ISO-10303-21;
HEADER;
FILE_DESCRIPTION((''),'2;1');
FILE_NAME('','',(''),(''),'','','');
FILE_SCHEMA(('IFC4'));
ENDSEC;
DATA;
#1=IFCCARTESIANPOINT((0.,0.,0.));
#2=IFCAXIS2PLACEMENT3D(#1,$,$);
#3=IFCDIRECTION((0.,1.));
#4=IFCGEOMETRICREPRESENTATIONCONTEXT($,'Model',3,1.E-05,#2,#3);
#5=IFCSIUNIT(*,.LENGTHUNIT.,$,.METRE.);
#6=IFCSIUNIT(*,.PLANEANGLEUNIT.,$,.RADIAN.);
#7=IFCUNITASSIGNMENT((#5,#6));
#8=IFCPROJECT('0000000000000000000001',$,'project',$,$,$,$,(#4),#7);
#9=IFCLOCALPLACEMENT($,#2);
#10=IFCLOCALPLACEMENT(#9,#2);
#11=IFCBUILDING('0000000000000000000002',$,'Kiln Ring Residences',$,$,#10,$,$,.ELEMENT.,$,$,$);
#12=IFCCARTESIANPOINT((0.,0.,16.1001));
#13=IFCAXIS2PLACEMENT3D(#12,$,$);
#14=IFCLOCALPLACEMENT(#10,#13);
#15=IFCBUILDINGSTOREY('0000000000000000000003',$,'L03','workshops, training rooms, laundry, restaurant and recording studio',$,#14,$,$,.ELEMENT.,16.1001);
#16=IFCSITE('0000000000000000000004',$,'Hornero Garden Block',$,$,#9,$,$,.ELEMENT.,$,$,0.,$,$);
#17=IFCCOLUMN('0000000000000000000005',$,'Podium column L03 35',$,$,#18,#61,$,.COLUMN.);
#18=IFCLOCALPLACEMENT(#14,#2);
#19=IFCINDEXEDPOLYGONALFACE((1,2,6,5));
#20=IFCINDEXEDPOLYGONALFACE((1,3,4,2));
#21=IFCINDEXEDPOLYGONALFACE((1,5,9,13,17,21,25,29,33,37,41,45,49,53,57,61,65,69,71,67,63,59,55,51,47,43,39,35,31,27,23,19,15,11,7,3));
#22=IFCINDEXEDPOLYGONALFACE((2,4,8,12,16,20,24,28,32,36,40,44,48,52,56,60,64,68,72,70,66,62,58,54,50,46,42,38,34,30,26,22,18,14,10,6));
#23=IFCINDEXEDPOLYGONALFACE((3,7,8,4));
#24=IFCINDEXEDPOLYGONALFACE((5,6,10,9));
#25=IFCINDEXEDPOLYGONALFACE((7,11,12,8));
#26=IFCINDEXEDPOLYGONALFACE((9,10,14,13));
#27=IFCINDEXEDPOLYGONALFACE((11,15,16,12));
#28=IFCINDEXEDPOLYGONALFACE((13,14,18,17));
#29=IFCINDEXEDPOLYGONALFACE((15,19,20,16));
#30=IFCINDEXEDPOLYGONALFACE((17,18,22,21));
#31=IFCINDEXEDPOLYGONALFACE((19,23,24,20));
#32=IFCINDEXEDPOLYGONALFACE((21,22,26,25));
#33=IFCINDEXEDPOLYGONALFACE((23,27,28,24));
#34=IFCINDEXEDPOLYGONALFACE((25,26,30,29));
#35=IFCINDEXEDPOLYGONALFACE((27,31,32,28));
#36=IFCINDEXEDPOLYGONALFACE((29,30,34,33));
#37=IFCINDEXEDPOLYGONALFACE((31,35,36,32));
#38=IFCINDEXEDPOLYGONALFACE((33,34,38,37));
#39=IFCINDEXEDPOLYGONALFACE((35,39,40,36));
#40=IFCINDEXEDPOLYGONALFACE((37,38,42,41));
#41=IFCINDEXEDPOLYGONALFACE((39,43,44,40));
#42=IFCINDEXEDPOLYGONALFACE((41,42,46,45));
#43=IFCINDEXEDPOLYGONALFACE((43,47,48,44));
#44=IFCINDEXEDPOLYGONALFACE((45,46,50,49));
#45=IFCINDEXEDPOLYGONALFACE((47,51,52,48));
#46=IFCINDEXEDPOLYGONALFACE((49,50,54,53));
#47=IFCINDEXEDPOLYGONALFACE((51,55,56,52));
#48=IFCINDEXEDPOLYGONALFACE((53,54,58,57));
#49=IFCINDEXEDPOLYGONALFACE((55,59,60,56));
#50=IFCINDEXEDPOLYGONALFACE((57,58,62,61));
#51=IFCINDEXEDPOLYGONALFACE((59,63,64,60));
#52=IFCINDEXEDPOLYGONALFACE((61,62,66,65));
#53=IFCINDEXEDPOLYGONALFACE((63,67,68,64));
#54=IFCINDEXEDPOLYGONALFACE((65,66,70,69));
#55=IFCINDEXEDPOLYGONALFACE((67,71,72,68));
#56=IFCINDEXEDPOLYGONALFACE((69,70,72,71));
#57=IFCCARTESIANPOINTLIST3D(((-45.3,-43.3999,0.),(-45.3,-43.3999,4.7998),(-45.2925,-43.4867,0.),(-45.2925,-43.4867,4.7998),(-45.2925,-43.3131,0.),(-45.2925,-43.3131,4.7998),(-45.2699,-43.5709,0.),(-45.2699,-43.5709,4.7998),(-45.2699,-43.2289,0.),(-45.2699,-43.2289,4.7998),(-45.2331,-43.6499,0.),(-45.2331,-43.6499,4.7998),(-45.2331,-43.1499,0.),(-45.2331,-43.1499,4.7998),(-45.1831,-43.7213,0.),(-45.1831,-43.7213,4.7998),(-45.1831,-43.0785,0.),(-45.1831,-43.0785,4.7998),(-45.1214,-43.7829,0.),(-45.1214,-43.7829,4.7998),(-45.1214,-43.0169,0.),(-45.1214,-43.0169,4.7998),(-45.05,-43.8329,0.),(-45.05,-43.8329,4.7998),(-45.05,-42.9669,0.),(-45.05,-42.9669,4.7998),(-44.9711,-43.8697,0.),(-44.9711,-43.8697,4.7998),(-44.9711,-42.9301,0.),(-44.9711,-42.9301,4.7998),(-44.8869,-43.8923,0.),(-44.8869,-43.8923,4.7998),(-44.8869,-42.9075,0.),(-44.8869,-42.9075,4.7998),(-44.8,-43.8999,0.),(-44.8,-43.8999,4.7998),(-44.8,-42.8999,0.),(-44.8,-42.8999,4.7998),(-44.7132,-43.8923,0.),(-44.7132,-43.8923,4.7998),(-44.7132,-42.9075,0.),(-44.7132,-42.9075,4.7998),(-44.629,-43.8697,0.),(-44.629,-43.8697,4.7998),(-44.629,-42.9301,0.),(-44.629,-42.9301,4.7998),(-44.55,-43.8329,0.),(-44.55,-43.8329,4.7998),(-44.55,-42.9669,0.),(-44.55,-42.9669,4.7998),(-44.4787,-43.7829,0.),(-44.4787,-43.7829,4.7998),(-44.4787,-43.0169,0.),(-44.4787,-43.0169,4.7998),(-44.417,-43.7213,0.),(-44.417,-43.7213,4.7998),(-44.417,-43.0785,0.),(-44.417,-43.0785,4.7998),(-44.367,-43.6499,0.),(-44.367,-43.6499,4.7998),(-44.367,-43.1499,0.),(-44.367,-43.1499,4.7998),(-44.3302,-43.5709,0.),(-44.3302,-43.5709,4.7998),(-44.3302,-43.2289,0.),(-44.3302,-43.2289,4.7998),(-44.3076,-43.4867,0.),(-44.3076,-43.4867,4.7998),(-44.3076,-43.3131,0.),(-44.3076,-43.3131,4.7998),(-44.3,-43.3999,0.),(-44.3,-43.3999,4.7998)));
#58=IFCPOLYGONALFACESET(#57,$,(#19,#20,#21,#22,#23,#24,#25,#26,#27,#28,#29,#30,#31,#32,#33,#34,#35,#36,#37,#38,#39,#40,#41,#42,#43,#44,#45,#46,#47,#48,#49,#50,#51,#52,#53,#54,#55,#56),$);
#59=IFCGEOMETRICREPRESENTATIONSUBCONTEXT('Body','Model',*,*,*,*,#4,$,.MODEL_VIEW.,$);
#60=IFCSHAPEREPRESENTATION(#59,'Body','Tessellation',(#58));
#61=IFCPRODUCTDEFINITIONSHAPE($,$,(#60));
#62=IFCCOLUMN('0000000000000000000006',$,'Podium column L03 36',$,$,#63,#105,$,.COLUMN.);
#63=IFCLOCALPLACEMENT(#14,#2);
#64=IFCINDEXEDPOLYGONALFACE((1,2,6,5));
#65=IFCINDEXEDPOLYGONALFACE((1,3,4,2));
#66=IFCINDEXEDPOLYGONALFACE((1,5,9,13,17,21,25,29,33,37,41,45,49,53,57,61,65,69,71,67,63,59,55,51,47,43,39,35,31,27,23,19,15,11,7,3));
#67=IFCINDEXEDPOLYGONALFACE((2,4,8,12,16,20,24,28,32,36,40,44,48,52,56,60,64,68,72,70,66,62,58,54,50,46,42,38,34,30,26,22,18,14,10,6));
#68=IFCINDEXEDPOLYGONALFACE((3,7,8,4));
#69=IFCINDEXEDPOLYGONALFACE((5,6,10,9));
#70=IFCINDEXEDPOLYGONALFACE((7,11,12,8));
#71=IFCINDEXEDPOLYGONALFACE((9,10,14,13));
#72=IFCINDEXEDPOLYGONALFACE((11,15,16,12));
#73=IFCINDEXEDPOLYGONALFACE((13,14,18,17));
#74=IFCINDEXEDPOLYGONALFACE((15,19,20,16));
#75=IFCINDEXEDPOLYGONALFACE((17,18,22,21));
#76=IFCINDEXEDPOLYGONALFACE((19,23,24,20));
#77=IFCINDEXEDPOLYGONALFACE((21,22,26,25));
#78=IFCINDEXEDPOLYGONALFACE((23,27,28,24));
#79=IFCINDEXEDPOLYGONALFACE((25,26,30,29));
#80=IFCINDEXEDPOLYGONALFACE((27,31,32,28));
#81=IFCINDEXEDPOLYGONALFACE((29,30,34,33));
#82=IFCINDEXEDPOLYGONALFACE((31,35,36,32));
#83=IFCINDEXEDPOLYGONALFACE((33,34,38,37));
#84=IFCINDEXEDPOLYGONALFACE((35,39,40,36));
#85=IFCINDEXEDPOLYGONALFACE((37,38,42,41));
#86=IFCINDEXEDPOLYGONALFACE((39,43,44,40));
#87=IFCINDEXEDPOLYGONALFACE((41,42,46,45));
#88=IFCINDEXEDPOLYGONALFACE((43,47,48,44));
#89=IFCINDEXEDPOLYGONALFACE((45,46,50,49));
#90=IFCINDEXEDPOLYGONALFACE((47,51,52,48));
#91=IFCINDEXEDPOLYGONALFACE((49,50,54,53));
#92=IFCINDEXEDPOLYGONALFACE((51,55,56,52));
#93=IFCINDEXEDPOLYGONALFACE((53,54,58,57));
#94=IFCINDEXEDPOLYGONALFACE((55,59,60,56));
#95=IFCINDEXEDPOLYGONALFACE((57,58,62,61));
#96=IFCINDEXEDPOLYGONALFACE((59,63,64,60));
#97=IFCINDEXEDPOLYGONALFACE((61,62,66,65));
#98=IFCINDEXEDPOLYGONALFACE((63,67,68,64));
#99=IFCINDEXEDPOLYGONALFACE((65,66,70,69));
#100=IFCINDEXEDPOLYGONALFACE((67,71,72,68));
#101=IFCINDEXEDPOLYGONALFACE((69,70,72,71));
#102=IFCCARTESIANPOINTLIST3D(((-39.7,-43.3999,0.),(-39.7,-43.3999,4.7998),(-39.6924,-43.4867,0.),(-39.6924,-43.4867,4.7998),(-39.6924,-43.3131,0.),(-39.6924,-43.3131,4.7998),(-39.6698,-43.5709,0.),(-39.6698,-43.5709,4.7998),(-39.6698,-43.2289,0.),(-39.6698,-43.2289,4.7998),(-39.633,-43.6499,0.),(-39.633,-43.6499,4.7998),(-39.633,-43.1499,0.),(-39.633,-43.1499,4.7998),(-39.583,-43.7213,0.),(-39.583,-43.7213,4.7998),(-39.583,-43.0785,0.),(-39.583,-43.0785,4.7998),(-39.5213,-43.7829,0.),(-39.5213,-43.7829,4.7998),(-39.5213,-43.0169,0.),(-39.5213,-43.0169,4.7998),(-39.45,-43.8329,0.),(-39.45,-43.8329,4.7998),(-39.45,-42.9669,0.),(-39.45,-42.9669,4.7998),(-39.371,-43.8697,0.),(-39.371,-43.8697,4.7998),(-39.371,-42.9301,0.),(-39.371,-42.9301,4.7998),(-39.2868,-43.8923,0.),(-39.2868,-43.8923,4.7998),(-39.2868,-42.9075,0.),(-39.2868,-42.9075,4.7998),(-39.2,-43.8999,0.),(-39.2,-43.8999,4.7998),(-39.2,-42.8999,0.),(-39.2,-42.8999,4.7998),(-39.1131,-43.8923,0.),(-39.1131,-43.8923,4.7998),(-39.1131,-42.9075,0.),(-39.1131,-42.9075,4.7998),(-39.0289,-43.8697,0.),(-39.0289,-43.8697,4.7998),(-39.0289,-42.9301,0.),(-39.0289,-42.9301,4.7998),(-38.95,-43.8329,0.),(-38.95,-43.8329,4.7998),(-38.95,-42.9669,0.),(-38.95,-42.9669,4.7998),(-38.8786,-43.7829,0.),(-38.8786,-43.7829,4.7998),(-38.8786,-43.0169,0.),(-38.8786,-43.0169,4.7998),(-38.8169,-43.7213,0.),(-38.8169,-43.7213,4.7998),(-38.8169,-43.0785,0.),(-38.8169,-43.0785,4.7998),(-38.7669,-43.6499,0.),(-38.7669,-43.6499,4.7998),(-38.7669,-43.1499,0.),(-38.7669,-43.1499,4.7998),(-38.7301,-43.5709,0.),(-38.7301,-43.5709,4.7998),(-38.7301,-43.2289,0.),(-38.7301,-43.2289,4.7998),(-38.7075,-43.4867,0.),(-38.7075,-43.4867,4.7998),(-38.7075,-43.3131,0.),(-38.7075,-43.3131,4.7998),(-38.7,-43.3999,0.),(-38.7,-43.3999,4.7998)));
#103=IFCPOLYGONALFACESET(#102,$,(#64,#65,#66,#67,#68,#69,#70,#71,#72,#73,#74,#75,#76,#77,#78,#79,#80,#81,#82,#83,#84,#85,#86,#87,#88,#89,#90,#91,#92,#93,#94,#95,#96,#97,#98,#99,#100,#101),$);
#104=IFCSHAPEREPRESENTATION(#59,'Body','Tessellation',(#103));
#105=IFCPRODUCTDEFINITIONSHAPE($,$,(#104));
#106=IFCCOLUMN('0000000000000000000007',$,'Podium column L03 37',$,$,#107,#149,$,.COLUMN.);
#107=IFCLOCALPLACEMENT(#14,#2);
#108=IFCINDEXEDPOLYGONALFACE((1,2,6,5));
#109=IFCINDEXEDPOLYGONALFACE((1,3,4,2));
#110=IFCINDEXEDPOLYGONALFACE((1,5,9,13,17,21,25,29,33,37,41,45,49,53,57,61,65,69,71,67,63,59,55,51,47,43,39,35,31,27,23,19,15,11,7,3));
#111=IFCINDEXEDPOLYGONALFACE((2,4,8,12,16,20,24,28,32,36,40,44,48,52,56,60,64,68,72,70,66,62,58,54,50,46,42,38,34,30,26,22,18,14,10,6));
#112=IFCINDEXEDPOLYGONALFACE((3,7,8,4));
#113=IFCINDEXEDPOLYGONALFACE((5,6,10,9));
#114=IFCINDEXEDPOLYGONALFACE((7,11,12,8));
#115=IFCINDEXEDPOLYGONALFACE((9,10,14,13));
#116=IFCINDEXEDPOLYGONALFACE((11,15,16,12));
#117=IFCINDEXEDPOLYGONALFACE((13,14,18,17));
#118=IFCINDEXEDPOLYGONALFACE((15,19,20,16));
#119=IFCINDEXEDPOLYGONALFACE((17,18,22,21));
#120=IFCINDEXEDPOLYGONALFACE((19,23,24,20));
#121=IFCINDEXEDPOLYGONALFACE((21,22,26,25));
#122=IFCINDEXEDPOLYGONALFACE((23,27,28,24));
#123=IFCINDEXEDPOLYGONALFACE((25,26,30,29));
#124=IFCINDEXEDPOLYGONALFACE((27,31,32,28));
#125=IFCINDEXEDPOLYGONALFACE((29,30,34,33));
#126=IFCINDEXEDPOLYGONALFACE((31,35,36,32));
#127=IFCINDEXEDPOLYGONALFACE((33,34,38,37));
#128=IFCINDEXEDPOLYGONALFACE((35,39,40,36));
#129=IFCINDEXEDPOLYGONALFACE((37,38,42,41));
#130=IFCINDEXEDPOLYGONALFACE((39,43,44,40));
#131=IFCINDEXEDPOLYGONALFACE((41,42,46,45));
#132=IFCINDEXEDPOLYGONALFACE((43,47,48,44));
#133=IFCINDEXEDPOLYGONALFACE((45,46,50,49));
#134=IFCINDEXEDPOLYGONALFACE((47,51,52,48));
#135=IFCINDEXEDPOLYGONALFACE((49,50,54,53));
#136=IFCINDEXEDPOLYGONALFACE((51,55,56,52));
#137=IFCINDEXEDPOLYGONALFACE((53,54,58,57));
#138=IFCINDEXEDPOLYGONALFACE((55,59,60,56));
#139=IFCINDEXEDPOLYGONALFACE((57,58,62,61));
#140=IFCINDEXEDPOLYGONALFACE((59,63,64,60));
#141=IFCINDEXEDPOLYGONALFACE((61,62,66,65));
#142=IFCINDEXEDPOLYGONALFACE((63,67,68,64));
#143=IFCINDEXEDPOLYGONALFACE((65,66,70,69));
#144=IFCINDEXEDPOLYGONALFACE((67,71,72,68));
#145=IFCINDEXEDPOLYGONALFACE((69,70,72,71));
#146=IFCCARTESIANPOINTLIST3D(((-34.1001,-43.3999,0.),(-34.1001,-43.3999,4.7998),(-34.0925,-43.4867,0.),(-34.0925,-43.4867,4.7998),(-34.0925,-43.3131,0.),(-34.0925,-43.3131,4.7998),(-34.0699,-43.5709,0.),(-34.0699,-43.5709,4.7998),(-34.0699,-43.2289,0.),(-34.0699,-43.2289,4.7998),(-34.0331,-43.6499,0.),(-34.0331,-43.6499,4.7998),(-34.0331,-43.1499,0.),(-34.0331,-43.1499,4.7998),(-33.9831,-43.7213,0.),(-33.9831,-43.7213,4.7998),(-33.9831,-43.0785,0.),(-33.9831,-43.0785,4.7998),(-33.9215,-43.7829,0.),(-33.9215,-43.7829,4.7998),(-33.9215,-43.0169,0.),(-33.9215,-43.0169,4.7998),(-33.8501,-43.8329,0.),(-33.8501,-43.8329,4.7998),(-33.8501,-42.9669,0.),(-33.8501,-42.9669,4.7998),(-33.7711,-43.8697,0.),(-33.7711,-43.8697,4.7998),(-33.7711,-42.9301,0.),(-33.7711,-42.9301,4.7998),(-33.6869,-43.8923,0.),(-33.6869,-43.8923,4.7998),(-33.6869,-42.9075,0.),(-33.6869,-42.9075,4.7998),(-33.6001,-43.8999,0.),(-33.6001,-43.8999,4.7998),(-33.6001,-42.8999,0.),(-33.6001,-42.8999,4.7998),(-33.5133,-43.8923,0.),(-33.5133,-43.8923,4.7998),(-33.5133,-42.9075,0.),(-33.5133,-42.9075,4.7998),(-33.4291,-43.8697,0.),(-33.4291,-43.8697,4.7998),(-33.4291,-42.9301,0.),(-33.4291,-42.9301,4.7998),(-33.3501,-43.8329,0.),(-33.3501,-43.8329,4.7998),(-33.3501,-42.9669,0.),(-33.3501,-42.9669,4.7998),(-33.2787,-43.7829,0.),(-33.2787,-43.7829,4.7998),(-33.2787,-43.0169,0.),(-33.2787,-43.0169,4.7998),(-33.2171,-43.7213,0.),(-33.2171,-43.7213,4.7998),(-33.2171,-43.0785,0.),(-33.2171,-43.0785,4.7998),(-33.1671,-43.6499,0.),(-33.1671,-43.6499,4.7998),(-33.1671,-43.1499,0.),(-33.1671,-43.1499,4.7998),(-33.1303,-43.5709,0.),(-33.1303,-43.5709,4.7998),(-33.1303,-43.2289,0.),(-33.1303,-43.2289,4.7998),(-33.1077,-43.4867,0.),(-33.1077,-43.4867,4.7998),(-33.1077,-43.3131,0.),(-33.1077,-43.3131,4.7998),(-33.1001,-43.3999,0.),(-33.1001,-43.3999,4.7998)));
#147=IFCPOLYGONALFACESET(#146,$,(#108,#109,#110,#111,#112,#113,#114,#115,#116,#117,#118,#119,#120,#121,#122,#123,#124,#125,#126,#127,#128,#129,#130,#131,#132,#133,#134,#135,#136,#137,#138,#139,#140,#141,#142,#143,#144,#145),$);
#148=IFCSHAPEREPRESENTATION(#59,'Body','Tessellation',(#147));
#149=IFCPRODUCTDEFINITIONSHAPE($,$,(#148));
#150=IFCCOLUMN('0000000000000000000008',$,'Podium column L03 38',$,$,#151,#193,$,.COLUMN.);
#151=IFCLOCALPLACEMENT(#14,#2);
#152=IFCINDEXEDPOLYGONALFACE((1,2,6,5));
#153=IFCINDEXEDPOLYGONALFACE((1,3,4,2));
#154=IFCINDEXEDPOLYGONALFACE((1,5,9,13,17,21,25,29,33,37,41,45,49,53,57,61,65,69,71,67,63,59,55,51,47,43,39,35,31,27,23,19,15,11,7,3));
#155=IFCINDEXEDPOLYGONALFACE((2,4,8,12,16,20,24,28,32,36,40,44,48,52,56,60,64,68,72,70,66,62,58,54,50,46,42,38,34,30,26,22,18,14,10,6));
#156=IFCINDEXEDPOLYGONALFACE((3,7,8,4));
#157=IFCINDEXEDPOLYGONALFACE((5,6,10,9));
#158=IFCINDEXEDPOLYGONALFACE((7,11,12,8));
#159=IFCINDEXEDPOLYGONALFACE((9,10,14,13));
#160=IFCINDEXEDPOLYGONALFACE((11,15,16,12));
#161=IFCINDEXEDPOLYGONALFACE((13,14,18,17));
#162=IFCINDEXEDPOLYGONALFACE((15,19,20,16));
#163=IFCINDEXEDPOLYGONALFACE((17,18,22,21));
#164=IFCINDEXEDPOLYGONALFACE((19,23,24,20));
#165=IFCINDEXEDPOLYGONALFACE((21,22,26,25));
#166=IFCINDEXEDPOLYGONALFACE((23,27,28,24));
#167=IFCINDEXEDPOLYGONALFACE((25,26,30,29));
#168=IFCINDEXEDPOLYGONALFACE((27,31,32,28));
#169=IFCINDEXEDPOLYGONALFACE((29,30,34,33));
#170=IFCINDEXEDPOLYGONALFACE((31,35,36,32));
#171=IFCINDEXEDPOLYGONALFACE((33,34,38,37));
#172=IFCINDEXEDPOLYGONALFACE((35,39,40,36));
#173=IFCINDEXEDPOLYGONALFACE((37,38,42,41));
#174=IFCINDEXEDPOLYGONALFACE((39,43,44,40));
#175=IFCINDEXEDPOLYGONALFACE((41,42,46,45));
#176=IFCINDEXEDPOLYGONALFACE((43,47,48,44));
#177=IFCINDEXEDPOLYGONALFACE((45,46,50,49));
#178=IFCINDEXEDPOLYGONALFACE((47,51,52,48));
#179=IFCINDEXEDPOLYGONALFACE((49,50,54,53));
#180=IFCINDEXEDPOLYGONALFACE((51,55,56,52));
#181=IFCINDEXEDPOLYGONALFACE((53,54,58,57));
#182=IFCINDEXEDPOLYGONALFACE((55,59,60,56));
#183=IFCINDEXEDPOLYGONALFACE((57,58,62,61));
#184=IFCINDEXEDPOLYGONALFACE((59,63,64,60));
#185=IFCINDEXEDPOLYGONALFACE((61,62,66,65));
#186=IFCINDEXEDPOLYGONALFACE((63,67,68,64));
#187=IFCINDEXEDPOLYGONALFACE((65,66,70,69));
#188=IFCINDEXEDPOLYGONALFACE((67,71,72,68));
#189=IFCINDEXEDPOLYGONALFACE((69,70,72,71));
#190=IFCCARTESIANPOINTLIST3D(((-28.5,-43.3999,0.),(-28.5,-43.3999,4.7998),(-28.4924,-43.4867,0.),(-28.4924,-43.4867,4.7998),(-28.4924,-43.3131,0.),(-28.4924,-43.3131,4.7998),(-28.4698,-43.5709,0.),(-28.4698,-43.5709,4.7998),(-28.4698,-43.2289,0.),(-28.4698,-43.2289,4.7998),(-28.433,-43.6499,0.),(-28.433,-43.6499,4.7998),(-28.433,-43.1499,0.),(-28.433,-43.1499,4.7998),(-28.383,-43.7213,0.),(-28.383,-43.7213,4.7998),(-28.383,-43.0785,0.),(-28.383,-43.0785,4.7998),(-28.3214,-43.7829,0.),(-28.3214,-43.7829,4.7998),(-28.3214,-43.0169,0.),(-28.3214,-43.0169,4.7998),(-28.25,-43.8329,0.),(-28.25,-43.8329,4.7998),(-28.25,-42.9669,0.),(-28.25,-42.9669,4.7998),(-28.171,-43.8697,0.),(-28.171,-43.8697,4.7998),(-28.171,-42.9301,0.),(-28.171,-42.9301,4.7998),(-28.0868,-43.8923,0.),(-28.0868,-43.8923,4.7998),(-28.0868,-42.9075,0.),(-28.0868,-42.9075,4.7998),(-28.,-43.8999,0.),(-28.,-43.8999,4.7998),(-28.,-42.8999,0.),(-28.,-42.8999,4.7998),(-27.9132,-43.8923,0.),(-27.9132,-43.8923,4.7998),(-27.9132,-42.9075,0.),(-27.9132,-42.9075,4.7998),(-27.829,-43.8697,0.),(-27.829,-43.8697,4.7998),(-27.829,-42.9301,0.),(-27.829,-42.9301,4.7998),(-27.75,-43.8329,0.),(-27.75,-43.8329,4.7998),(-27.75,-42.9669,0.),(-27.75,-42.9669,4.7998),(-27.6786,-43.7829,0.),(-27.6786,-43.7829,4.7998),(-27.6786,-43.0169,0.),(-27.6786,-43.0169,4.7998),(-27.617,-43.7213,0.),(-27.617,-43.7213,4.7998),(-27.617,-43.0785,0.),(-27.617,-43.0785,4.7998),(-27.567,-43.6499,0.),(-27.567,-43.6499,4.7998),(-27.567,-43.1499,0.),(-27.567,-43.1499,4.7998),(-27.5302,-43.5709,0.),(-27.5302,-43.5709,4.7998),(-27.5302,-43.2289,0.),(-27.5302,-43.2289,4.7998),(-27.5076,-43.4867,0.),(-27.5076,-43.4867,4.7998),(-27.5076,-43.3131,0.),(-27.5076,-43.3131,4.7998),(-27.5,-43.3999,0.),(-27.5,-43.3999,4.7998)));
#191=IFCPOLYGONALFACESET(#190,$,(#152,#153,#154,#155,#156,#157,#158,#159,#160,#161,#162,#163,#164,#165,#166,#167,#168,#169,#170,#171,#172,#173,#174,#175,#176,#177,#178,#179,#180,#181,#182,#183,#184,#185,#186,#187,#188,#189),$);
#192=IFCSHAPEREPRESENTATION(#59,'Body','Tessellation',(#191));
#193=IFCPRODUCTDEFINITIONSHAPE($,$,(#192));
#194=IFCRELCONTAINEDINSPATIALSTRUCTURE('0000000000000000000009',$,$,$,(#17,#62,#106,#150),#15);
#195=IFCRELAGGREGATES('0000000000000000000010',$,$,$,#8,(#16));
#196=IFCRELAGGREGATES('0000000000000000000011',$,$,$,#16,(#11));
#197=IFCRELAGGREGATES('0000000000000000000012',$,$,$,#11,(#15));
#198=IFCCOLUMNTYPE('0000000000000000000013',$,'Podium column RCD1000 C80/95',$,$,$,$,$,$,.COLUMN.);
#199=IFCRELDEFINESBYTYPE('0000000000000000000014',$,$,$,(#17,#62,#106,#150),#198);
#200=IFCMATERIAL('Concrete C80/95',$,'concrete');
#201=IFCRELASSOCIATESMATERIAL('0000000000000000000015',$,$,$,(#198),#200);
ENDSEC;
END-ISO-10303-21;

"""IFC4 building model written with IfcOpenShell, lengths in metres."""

from ifc_helpers import new_model, si_unit, direction, frame, origin, origin_2d, place, context, subcontext, project, spatial, circle, extrude, material, material_profile, profile_set, type_object, element, save


model = new_model("IFC4")

# Units and contexts
model_context = context("Model", 3, precision=1e-05, world=origin(), true_north=direction((0.0, 1.0)))
body_context = subcontext(model_context, "Body", "Model", "MODEL_VIEW")
ifc_project = project(units=[si_unit("LENGTHUNIT", "METRE"), si_unit("PLANEANGLEUNIT", "RADIAN")], contexts=[model_context])

# Site, building, storey
site_placement = place(None, origin())
site = spatial("IfcSite", under=ifc_project, at=site_placement, Name="Hornero Garden Block", CompositionType="ELEMENT", RefElevation=0.0)
building_placement = place(site_placement, origin())
building = spatial("IfcBuilding", under=site, at=building_placement, Name="Kiln Ring Residences", CompositionType="ELEMENT")
storey_placement = place(building_placement, frame((0.0, 0.0, 16.1001)))
storey = spatial("IfcBuildingStorey", under=building, at=storey_placement, Name="L03", Description="workshops, training rooms, laundry, restaurant and recording studio", CompositionType="ELEMENT", Elevation=16.1001)

# Columns
ifc_material_1 = material(Name="Concrete C80/95", Category="concrete")
ifc_material_profile_1 = material_profile(ifc_material_1, circle(Radius=0.5, at=origin_2d()), Name="RCD1000")
ifc_profile_set_1 = profile_set([ifc_material_profile_1], Name="Concrete C80/95")
column_type = type_object("IfcColumnType", Name="Podium column RCD1000 C80/95", PredefinedType="COLUMN", material=ifc_profile_set_1)
for number, where, z_axis, x_axis, name in (
    (1, (-44.8, -43.3999, 0.0), (0.0, 0.0, 1.0), (1.0, 0.0, 0.0), "Podium column L03 35"),
    (2, (-39.2, -43.3999, 0.0), (0.0, 0.0, 1.0), (1.0, 0.0, 0.0), "Podium column L03 36"),
    (3, (-33.6001, -43.3999, 0.0), (0.0, 0.0, 1.0), (1.0, 0.0, 0.0), "Podium column L03 37"),
    (4, (-28.0, -43.3999, 0.0), (0.0, 0.0, 1.0), (1.0, 0.0, 0.0), "Podium column L03 38"),
):
    element("IfcColumn", number, at=place(storey_placement, frame(where, z_axis=z_axis, x_axis=x_axis)), inside=storey, type_object=column_type, Name=name, PredefinedType="COLUMN", context=body_context, shape_type="SweptSolid", body=[
        extrude(circle(Radius=0.5, at=origin_2d()), origin(), (0.0, 0.0, 1.0), 4.7998),
    ])

save(model, "model.ifc")
